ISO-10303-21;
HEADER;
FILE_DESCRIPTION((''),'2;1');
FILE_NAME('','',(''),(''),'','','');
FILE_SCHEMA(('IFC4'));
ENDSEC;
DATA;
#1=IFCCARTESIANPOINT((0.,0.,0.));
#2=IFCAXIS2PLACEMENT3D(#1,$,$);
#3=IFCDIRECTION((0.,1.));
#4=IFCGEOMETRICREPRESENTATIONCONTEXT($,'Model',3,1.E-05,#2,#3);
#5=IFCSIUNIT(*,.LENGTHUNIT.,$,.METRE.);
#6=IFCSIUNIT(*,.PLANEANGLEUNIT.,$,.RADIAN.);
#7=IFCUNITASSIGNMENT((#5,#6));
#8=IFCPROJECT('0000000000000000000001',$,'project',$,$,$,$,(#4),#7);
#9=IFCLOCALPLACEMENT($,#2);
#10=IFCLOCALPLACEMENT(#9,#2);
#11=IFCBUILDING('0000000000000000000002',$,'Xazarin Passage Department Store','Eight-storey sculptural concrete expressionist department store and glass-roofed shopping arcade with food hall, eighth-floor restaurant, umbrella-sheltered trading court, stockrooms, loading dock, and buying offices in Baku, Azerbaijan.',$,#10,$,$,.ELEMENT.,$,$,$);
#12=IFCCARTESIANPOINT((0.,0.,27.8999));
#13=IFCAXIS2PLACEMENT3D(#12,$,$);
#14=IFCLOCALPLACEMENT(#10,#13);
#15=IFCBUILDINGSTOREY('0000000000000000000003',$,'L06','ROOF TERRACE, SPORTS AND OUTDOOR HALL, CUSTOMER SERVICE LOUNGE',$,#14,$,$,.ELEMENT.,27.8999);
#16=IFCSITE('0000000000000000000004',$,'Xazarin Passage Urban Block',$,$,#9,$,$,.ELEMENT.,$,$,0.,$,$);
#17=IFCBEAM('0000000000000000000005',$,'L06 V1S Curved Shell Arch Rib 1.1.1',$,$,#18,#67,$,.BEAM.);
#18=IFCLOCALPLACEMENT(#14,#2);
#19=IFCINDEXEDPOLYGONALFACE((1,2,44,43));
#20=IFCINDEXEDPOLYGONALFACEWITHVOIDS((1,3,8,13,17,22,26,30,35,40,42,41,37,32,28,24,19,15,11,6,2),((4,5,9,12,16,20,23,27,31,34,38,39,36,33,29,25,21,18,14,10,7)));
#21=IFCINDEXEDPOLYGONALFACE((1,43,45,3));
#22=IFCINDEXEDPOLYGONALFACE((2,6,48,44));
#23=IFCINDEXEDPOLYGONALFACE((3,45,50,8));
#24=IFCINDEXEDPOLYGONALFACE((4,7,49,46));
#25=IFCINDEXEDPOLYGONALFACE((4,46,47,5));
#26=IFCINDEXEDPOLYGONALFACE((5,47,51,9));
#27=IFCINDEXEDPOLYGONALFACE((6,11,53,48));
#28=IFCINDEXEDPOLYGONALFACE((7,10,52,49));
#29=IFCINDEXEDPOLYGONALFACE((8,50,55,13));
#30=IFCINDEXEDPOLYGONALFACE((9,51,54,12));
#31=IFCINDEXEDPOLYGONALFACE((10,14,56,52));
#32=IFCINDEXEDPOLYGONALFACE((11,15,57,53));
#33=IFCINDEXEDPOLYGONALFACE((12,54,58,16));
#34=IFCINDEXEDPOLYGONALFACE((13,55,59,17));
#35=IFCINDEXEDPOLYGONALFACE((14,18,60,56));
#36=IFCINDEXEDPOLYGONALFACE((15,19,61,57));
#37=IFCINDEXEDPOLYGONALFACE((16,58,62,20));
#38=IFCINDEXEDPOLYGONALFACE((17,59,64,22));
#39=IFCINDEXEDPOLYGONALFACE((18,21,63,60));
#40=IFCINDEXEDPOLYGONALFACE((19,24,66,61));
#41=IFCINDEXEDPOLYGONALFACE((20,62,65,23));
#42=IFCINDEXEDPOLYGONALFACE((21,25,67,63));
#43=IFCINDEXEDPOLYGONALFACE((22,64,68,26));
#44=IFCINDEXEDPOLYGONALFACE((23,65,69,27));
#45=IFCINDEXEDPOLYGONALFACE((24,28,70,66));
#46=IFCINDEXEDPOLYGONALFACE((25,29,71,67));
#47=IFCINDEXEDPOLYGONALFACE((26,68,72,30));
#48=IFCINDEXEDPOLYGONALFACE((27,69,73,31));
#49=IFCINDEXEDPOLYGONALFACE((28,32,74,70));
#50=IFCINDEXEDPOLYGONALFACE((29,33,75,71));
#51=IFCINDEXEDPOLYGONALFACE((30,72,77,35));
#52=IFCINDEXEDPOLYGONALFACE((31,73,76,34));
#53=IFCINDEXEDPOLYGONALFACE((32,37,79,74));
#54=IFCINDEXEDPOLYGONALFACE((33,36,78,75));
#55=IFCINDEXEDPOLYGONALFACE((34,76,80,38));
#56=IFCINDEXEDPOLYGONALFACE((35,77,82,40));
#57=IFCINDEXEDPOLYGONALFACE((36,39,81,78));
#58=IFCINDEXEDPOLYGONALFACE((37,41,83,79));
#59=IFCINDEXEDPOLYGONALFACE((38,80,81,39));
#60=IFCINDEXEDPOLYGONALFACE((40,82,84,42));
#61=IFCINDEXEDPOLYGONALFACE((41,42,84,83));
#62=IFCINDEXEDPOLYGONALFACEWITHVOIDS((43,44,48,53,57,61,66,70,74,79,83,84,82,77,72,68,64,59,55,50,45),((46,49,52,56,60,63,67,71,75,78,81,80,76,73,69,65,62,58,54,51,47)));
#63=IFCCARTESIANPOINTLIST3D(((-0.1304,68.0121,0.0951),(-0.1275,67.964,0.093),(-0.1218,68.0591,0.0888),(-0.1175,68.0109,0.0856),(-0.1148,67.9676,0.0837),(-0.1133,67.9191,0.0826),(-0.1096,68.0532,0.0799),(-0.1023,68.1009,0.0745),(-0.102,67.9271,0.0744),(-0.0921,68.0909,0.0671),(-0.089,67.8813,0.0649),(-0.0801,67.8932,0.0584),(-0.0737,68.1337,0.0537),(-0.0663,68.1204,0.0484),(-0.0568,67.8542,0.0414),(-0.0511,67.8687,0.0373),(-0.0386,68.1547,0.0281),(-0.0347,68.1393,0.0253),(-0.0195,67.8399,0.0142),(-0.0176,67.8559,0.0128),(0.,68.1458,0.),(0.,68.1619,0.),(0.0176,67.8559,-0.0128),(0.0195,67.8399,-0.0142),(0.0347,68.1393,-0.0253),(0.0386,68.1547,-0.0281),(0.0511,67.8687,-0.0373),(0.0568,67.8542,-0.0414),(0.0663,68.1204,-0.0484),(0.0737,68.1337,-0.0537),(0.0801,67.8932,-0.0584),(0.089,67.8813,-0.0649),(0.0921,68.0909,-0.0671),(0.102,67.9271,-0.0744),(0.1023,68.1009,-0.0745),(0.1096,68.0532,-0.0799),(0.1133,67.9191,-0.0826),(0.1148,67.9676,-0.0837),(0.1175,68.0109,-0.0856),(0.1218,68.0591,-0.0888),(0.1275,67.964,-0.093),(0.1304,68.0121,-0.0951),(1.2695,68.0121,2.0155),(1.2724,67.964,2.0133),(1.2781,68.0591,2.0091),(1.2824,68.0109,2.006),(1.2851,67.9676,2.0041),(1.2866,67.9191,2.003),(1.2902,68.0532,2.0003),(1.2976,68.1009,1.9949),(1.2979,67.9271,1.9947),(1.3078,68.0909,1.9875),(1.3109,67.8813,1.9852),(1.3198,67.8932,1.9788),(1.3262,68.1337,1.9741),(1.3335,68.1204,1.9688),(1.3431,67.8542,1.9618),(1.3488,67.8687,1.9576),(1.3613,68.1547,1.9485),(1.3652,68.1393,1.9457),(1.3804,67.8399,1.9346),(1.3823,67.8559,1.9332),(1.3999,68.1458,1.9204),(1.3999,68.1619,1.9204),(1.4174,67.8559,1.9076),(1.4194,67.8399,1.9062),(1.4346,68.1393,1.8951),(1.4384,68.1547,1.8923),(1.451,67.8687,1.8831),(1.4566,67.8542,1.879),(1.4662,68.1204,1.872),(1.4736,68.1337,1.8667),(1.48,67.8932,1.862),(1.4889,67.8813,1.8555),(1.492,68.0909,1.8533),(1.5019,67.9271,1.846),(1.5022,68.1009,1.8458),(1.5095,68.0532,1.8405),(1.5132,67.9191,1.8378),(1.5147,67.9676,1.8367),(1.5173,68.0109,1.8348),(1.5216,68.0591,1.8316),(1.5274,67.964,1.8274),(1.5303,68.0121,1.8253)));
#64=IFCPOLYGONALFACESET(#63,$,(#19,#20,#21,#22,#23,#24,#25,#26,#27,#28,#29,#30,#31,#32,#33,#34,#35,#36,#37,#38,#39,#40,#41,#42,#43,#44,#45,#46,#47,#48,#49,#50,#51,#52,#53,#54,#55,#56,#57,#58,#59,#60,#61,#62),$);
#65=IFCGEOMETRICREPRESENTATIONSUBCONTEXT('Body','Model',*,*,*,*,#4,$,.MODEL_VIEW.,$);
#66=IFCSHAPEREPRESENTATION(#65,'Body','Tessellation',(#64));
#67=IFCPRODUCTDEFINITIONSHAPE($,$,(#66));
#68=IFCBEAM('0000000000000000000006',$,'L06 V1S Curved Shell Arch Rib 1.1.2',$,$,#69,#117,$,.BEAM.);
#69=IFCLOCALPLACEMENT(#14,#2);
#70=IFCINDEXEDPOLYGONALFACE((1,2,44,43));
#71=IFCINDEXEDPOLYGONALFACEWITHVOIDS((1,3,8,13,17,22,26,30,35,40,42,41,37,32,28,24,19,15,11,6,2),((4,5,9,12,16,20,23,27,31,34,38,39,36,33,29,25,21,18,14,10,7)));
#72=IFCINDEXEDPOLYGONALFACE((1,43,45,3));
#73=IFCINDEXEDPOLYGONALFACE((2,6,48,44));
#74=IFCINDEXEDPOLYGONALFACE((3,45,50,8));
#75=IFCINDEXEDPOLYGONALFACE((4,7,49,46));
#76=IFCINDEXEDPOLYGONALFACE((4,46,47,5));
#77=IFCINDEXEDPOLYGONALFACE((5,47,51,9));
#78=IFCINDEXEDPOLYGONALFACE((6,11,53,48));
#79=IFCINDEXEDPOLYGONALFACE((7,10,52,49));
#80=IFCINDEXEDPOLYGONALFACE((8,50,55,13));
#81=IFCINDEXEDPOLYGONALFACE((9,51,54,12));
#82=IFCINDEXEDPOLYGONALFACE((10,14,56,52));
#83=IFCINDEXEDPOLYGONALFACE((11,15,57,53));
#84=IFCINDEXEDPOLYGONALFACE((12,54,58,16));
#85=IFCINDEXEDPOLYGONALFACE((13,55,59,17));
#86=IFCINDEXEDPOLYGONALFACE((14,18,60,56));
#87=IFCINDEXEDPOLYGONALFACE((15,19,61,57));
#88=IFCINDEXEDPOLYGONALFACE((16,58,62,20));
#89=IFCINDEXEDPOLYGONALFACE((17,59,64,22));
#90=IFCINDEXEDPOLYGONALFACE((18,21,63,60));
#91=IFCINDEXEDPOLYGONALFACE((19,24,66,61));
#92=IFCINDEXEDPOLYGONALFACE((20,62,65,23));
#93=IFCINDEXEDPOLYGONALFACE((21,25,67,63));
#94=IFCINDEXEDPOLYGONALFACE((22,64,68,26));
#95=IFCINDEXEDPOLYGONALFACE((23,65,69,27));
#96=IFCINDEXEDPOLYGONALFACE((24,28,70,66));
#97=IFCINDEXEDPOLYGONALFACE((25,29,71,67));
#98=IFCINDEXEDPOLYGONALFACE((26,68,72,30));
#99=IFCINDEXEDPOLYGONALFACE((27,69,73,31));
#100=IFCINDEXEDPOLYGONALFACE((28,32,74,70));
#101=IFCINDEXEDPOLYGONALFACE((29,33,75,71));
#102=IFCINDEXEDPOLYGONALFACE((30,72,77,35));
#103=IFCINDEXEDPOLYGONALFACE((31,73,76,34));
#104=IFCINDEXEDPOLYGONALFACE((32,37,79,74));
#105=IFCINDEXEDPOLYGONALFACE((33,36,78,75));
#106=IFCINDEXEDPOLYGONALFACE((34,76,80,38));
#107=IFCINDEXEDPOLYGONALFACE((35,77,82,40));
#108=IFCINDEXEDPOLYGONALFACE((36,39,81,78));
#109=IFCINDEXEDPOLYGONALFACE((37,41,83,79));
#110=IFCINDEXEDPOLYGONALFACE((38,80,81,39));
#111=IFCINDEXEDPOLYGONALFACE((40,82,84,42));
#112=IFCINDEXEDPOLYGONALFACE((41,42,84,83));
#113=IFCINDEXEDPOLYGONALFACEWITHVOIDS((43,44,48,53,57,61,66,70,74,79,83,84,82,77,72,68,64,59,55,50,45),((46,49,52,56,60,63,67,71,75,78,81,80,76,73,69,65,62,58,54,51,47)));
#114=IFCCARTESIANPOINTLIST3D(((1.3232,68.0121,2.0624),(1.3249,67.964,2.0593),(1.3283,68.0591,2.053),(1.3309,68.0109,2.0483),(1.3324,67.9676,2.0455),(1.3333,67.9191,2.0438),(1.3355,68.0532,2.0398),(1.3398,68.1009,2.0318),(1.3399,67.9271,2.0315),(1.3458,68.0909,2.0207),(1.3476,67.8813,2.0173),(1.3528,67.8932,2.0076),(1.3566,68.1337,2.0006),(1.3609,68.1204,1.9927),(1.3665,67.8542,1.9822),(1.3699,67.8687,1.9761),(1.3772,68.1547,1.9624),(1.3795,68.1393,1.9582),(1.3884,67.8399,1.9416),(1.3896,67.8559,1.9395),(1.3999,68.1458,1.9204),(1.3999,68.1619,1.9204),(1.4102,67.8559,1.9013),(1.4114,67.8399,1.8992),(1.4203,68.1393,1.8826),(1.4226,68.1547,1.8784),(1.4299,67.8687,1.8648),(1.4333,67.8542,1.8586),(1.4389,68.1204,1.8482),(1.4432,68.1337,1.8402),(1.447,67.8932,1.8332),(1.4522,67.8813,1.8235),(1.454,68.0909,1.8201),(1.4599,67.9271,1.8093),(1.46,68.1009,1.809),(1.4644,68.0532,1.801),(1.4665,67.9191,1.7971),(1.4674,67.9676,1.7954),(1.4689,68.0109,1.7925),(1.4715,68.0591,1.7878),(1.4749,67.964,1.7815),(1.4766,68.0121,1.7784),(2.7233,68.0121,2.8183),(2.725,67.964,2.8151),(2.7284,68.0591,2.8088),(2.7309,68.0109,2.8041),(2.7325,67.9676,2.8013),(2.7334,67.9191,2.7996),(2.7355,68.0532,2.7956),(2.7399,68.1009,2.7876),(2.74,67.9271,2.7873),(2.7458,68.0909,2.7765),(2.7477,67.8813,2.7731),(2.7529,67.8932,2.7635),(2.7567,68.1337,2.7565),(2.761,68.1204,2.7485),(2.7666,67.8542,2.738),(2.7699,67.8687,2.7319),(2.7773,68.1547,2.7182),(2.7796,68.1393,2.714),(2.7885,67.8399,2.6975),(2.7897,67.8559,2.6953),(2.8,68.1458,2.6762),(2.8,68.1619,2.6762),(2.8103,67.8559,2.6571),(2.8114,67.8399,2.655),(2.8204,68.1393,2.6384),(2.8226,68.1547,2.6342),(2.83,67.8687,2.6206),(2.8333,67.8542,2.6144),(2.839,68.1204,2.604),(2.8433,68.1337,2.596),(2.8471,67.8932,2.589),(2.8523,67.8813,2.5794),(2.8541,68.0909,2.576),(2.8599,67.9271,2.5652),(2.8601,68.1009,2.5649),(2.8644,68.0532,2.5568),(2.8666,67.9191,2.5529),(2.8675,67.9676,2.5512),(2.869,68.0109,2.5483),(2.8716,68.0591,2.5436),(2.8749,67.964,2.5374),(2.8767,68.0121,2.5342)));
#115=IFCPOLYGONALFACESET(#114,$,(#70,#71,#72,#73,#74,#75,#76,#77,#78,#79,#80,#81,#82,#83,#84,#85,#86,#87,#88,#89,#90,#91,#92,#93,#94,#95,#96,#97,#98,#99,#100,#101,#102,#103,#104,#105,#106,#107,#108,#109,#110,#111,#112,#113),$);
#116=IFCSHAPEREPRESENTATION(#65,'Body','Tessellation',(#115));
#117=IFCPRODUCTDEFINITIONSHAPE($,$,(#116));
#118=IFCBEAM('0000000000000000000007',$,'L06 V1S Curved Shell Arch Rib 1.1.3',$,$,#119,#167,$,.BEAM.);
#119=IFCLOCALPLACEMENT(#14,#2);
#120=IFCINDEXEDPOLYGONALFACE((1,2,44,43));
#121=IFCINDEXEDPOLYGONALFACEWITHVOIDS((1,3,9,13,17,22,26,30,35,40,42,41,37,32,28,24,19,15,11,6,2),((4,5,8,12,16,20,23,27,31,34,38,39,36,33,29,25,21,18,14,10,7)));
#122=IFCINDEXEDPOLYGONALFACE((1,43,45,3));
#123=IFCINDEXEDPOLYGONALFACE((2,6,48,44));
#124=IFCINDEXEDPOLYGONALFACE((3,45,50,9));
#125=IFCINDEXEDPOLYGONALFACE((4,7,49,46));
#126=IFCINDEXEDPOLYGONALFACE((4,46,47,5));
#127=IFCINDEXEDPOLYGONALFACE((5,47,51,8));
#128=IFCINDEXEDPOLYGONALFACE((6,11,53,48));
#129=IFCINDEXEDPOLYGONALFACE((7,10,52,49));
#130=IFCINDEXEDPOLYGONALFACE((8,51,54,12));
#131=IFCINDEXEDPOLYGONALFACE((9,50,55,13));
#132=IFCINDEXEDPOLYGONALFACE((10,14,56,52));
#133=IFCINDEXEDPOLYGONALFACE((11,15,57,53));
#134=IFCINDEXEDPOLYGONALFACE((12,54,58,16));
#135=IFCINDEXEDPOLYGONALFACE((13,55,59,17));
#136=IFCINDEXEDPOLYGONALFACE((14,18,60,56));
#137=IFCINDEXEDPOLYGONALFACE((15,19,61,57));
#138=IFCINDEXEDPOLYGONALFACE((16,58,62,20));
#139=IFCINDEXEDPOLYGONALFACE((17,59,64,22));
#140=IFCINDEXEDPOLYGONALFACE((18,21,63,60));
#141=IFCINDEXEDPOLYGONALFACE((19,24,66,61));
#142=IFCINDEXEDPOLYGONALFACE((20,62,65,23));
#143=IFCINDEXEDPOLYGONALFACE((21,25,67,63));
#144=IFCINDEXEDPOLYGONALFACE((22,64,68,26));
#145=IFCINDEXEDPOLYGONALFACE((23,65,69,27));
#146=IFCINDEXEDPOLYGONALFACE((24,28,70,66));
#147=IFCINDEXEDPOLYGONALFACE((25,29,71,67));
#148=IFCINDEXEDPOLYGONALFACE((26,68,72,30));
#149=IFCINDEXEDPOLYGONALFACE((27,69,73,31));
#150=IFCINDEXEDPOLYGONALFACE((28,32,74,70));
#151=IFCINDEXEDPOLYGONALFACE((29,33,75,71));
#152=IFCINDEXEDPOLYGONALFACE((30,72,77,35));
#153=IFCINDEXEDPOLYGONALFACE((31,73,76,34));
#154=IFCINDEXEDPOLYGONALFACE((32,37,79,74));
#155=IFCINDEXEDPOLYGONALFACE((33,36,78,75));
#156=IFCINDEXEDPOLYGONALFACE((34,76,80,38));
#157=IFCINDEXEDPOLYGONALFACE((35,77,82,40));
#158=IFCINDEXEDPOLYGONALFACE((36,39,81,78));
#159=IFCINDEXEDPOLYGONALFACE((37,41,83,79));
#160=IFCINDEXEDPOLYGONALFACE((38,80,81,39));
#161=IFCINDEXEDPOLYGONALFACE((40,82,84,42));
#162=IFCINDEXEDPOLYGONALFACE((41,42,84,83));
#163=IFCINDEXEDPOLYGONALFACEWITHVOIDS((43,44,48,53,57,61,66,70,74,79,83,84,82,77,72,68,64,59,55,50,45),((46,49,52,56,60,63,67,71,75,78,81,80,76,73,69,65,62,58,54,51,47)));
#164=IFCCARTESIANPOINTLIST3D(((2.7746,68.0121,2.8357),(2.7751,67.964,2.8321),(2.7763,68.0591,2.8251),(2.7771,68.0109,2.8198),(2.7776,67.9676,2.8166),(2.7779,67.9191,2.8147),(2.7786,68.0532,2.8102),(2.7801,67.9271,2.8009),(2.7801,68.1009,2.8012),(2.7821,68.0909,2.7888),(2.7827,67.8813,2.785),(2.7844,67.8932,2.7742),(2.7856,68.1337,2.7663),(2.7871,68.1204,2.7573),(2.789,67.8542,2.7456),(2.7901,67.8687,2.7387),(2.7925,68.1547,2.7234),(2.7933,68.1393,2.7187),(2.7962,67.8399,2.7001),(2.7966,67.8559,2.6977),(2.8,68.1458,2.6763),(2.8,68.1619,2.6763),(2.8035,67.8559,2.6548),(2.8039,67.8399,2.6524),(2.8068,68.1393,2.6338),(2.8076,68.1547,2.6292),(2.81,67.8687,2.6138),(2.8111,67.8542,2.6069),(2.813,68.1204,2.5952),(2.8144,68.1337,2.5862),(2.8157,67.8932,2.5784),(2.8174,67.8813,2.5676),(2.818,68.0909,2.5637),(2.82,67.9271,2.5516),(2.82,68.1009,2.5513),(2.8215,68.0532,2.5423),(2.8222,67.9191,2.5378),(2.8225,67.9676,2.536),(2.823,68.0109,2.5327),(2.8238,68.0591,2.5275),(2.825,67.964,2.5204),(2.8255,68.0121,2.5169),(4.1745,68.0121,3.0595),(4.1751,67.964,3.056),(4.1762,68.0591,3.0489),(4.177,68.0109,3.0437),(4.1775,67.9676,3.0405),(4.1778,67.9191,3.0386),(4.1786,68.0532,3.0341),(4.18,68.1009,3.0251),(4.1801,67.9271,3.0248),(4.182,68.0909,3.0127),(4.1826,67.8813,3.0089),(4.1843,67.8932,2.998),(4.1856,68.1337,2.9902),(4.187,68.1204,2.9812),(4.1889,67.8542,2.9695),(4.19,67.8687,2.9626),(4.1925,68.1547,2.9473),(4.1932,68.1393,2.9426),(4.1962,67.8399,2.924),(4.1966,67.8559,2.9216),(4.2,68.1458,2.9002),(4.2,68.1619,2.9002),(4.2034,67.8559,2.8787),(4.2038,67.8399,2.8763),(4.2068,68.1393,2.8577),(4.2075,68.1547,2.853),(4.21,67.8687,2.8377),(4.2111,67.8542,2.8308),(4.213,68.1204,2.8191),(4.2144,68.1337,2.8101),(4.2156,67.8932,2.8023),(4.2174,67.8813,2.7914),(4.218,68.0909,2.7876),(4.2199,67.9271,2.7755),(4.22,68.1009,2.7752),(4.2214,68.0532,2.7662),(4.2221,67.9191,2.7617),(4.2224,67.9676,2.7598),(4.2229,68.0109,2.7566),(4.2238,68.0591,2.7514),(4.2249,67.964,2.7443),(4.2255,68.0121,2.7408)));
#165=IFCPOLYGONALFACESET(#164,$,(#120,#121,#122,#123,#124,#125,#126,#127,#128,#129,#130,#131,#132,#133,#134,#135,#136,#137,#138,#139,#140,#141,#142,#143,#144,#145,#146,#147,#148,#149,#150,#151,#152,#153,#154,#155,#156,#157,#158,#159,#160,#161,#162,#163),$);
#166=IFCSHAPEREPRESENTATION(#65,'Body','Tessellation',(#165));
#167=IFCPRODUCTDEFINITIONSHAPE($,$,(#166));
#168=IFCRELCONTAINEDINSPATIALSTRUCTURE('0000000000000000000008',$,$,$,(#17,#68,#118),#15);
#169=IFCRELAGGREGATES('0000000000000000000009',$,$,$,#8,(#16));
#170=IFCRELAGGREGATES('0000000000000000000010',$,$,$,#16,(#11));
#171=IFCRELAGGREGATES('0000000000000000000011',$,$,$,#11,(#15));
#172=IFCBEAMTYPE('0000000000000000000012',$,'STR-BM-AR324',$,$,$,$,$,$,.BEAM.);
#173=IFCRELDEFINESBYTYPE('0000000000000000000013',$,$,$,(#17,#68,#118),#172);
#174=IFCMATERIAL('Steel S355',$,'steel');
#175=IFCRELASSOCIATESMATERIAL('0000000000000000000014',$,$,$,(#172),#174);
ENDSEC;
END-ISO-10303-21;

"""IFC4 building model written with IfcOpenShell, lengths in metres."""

from ifc_helpers import new_model, si_unit, direction, frame, origin, origin_2d, place, context, subcontext, project, spatial, hollow_circle, extrude, material, material_profile, profile_set, type_object, element, save


model = new_model("IFC4")

# Units and contexts
model_context = context("Model", 3, precision=1e-05, world=origin(), true_north=direction((0.0, 1.0)))
body_context = subcontext(model_context, "Body", "Model", "MODEL_VIEW")
ifc_project = project(units=[si_unit("LENGTHUNIT", "METRE"), si_unit("PLANEANGLEUNIT", "RADIAN")], contexts=[model_context])

# Site, building, storey
site_placement = place(None, origin())
site = spatial("IfcSite", under=ifc_project, at=site_placement, Name="Xazarin Passage Urban Block", CompositionType="ELEMENT", RefElevation=0.0)
building_placement = place(site_placement, origin())
building = spatial("IfcBuilding", under=site, at=building_placement, Name="Xazarin Passage Department Store", Description="Eight-storey sculptural concrete expressionist department store and glass-roofed shopping arcade with food hall, eighth-floor restaurant, umbrella-sheltered trading court, stockrooms, loading dock, and buying offices in Baku, Azerbaijan.", CompositionType="ELEMENT")
storey_placement = place(building_placement, frame((0.0, 0.0, 27.8999)))
storey = spatial("IfcBuildingStorey", under=building, at=storey_placement, Name="L06", Description="ROOF TERRACE, SPORTS AND OUTDOOR HALL, CUSTOMER SERVICE LOUNGE", CompositionType="ELEMENT", Elevation=27.8999)

# Beams
ifc_material_1 = material(Name="Steel S355", Category="steel")
ifc_material_profile_1 = material_profile(ifc_material_1, hollow_circle(Radius=0.1619, WallThickness=0.0161, at=origin_2d()), Name="CHS 323.9x16")
ifc_profile_set_1 = profile_set([ifc_material_profile_1], Name="Steel S355")
beam_type_1 = type_object("IfcBeamType", Name="STR-BM-AR324", PredefinedType="BEAM", material=ifc_profile_set_1)
beam_1_placement = place(storey_placement, frame((0.0, 68.0, 0.0), z_axis=(0.589063, 0.0, 0.808087), x_axis=(0.0, 1.0, 0.0)))
element("IfcBeam", 1, at=beam_1_placement, inside=storey, type_object=beam_type_1, Name="L06 V1S Curved Shell Arch Rib 1.1.1", PredefinedType="BEAM", context=body_context, shape_type="SweptSolid", body=[
    extrude(hollow_circle(Radius=0.1619, WallThickness=0.0161, at=origin_2d()), origin(), (0.0, 0.0, 1.0), 2.3765),
])
beam_2_placement = place(storey_placement, frame((1.3999, 68.0, 1.9204), z_axis=(0.879963, 0.0, 0.475042), x_axis=(0.0, 1.0, 0.0)))
element("IfcBeam", 2, at=beam_2_placement, inside=storey, type_object=beam_type_1, Name="L06 V1S Curved Shell Arch Rib 1.1.2", PredefinedType="BEAM", context=body_context, shape_type="SweptSolid", body=[
    extrude(hollow_circle(Radius=0.1619, WallThickness=0.0161, at=origin_2d()), origin(), (0.0, 0.0, 1.0), 1.5911),
])
beam_3_placement = place(storey_placement, frame((2.8, 68.0, 2.6763), z_axis=(0.987452, 0.0, 0.157917), x_axis=(0.0, 1.0, 0.0)))
element("IfcBeam", 3, at=beam_3_placement, inside=storey, type_object=beam_type_1, Name="L06 V1S Curved Shell Arch Rib 1.1.3", PredefinedType="BEAM", context=body_context, shape_type="SweptSolid", body=[
    extrude(hollow_circle(Radius=0.1619, WallThickness=0.0161, at=origin_2d()), origin(), (0.0, 0.0, 1.0), 1.4177),
])

save(model, "model.ifc")
